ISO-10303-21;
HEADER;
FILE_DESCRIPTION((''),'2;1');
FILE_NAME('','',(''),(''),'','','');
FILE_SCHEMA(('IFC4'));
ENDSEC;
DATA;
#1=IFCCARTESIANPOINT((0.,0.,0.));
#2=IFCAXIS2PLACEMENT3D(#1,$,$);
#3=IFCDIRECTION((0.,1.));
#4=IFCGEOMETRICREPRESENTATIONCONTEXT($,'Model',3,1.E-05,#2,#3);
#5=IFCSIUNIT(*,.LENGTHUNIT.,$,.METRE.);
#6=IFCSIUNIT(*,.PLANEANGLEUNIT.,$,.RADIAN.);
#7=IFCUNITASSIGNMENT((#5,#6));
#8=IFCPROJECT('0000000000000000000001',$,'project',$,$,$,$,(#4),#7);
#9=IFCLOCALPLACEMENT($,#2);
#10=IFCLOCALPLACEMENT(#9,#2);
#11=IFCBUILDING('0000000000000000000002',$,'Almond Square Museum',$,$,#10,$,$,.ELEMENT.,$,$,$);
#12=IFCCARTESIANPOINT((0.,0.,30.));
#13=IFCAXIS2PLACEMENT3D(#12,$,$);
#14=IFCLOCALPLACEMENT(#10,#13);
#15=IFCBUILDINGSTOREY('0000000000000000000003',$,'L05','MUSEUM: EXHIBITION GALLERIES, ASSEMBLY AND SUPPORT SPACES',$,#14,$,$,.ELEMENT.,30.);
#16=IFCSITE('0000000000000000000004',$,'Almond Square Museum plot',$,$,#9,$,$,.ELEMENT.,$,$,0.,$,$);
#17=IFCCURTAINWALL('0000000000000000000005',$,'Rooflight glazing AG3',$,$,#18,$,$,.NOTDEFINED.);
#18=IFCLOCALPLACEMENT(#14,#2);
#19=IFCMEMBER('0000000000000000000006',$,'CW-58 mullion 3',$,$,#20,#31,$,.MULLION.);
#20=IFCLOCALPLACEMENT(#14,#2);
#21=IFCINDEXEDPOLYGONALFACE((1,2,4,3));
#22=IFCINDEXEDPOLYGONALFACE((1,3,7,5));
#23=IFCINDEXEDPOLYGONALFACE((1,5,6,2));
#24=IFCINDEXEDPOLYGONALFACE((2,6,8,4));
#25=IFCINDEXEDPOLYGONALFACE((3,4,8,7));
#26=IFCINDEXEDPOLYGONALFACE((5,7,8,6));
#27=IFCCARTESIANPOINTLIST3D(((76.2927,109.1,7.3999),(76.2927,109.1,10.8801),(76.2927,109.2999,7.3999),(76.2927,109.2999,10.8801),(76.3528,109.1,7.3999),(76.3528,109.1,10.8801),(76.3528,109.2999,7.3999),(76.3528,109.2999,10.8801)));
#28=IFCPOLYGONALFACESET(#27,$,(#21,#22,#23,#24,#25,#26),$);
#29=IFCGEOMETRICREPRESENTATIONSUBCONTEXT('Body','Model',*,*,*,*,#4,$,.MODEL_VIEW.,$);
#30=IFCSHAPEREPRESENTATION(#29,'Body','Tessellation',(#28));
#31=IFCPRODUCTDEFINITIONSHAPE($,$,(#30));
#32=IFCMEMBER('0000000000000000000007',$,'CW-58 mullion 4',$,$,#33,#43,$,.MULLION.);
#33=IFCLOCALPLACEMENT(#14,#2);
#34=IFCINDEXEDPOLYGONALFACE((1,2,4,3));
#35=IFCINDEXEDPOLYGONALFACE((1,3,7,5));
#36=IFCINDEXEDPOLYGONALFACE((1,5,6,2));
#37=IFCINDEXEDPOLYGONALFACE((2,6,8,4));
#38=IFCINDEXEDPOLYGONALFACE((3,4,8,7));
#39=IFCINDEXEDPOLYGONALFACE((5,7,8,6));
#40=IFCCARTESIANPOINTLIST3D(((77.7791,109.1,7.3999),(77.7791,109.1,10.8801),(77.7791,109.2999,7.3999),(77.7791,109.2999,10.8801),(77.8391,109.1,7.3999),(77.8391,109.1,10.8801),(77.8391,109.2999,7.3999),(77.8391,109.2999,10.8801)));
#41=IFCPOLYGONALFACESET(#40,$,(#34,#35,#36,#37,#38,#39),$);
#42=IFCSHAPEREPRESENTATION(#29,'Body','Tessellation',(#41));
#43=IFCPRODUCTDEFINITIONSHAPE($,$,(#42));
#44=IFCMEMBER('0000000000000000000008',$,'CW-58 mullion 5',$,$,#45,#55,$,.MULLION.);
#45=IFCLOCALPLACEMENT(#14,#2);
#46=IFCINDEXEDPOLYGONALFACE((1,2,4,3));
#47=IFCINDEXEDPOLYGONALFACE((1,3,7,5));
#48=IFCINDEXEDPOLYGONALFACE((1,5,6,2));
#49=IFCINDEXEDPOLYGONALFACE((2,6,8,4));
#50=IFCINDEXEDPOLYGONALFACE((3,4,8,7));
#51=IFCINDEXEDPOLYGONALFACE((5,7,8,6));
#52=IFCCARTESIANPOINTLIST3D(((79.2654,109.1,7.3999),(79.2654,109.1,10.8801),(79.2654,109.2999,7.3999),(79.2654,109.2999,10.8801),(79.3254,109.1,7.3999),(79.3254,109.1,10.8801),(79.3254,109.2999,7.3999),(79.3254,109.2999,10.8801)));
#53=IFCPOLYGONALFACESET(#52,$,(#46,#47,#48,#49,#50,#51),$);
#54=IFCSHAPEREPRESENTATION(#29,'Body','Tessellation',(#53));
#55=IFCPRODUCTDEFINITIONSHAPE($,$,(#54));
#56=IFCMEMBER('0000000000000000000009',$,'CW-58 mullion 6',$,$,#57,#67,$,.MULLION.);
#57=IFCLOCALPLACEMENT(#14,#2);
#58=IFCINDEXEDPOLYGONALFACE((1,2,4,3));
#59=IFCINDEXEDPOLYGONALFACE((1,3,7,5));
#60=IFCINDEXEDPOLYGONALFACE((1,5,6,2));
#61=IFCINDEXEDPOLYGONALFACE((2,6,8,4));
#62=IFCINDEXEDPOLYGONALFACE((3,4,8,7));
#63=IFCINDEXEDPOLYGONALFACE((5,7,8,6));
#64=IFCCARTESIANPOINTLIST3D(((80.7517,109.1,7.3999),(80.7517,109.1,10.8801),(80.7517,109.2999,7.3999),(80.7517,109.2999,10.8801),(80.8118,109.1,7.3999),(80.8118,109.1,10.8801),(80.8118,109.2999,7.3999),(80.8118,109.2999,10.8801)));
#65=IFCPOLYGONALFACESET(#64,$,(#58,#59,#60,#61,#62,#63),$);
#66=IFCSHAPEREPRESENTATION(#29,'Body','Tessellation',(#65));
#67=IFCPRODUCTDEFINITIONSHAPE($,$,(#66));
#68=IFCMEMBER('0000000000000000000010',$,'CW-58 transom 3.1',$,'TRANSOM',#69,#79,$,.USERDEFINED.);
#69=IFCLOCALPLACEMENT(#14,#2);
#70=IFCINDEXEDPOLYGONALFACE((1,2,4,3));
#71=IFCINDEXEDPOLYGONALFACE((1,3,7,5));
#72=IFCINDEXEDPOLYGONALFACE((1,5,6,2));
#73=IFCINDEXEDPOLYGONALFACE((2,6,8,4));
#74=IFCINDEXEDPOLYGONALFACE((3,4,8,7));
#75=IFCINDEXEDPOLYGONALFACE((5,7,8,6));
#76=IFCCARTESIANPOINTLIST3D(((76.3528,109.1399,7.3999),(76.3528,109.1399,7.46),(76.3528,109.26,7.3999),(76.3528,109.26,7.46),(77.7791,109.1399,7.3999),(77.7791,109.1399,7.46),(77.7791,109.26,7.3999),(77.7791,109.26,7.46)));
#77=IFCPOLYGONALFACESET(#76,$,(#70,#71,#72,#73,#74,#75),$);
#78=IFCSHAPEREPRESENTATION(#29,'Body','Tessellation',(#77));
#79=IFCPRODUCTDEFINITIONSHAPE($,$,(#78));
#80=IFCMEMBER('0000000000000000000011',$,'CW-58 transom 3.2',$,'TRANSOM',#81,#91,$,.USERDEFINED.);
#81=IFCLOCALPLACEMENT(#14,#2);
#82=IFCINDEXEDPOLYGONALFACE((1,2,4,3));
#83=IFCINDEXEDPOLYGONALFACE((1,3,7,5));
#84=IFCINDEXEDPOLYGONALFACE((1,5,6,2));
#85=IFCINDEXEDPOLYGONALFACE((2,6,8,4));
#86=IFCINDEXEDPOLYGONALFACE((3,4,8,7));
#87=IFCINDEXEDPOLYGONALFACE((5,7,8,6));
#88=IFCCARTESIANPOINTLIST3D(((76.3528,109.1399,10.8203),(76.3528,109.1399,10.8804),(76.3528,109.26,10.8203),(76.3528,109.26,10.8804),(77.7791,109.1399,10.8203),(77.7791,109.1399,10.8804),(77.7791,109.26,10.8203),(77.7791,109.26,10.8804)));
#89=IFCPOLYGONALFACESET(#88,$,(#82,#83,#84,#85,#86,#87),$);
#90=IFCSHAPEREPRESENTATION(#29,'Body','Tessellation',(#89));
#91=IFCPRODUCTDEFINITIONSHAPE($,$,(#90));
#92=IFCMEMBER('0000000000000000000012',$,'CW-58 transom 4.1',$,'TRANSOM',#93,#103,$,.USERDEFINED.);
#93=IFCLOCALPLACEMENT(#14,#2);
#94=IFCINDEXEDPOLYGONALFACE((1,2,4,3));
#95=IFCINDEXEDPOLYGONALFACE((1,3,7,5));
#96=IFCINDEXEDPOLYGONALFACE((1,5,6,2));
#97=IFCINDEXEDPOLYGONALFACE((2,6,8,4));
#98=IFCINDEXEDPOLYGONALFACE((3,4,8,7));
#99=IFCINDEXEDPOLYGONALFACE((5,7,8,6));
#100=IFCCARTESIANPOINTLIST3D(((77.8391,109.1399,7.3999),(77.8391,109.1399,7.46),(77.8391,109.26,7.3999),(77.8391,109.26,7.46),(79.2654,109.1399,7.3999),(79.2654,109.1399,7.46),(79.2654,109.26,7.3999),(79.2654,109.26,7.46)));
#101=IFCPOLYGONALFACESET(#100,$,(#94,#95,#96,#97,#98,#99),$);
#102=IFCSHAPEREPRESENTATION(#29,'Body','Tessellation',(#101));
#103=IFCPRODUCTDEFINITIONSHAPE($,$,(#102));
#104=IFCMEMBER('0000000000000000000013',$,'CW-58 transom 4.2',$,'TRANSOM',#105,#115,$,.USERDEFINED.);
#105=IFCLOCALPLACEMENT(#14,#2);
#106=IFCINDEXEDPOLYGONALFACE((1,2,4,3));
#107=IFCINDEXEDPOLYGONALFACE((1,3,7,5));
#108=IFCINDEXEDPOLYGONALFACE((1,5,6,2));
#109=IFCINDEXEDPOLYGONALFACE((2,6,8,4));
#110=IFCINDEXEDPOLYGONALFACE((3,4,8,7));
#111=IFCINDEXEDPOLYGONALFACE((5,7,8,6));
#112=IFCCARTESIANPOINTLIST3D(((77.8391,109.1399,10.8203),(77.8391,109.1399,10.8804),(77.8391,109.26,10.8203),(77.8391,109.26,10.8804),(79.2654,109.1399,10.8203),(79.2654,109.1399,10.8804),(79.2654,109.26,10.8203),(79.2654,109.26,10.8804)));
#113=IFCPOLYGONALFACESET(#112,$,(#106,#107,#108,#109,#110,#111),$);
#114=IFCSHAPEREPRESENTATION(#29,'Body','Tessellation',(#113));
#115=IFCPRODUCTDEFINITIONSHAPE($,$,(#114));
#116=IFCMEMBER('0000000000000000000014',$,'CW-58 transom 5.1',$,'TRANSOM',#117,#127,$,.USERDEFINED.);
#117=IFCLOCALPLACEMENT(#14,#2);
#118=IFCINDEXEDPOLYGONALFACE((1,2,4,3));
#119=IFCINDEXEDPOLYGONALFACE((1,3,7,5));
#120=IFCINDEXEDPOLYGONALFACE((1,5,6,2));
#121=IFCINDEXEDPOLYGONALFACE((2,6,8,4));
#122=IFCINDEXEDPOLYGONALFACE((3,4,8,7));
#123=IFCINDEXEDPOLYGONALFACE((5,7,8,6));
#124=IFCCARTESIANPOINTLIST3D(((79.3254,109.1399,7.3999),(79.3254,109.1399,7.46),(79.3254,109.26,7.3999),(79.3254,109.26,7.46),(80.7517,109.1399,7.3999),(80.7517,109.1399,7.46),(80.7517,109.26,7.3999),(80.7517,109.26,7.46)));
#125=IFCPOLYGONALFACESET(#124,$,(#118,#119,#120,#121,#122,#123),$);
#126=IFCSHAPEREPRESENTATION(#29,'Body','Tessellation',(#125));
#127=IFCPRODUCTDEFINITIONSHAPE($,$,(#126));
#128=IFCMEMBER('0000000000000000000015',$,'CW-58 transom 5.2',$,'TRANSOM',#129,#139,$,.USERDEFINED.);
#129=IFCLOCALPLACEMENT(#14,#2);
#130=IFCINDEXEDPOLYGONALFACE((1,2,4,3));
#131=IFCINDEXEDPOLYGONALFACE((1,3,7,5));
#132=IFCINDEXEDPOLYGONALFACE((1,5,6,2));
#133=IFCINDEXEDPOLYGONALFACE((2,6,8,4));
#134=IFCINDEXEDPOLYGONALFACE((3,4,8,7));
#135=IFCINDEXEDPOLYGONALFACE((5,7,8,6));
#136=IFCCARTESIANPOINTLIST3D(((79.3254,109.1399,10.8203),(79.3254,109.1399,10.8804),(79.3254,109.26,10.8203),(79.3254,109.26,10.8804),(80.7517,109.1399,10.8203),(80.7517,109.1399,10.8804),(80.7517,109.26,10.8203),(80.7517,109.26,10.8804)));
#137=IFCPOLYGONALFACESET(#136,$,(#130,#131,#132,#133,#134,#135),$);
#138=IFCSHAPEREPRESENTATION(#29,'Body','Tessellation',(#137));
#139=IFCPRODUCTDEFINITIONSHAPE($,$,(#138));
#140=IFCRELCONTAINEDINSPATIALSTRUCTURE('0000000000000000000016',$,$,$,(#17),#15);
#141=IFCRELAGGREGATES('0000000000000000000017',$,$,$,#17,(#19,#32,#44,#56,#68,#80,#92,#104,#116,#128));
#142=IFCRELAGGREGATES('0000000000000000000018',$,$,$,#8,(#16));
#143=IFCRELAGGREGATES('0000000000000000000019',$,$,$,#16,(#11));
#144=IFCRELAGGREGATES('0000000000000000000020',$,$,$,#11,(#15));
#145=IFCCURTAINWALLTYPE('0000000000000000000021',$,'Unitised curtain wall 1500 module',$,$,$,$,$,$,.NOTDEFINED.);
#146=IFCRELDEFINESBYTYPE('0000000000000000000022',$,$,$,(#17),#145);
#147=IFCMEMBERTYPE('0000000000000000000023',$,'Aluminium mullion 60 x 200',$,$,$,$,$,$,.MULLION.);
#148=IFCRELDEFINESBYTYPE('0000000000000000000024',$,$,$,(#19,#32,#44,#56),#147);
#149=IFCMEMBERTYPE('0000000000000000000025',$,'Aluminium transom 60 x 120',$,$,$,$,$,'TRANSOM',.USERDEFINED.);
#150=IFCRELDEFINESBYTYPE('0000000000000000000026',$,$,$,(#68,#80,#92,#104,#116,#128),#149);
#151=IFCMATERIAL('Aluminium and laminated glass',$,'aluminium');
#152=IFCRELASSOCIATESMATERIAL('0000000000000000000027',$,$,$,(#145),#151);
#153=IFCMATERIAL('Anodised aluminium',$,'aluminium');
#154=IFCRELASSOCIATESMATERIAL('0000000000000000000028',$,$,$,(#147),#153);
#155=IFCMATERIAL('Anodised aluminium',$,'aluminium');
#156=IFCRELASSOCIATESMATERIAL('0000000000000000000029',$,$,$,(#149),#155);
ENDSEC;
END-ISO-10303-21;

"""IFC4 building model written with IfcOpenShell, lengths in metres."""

from ifc_helpers import new_model, si_unit, direction, frame, origin, origin_2d, place, context, subcontext, project, spatial, rectangle, extrude, material, material_profile, profile_set, type_object, element, aggregate, save


model = new_model("IFC4")

# Units and contexts
model_context = context("Model", 3, precision=1e-05, world=origin(), true_north=direction((0.0, 1.0)))
body_context = subcontext(model_context, "Body", "Model", "MODEL_VIEW")
ifc_project = project(units=[si_unit("LENGTHUNIT", "METRE"), si_unit("PLANEANGLEUNIT", "RADIAN")], contexts=[model_context])

# Site, building, storey
site_placement = place(None, origin())
site = spatial("IfcSite", under=ifc_project, at=site_placement, Name="Almond Square Museum plot", CompositionType="ELEMENT", RefElevation=0.0)
building_placement = place(site_placement, origin())
building = spatial("IfcBuilding", under=site, at=building_placement, Name="Almond Square Museum", CompositionType="ELEMENT")
storey_placement = place(building_placement, frame((0.0, 0.0, 30.0)))
storey = spatial("IfcBuildingStorey", under=building, at=storey_placement, Name="L05", Description="MUSEUM: EXHIBITION GALLERIES, ASSEMBLY AND SUPPORT SPACES", CompositionType="ELEMENT", Elevation=30.0)

# Curtain wall, members
ifc_material_1 = material(Name="Aluminium and laminated glass", Category="aluminium")
curtain_wall_type = type_object("IfcCurtainWallType", Name="Unitised curtain wall 1500 module", PredefinedType="NOTDEFINED", material=ifc_material_1)
curtain_wall_placement = place(storey_placement, origin())
curtain_wall = element("IfcCurtainWall", 1, at=curtain_wall_placement, inside=storey, type_object=curtain_wall_type, Name="Rooflight glazing AG3", PredefinedType="NOTDEFINED")
ifc_material_2 = material(Name="Anodised aluminium", Category="aluminium")
ifc_material_profile_1 = material_profile(ifc_material_2, rectangle(XDim=0.2, YDim=0.0601, at=origin_2d()))
ifc_profile_set_1 = profile_set([ifc_material_profile_1], Name="Anodised aluminium")
member_type_1 = type_object("IfcMemberType", Name="Aluminium mullion 60 x 200", PredefinedType="MULLION", material=ifc_profile_set_1)
member_1_placement = place(storey_placement, frame((76.3228, 109.2, 7.3999), z_axis=(0.0, 0.0, 1.0), x_axis=(0.0, 1.0, 0.0)))
member_1 = element("IfcMember", 2, at=member_1_placement, type_object=member_type_1, Name="CW-58 mullion 3", PredefinedType="MULLION", context=body_context, shape_type="SweptSolid", body=[
    extrude(rectangle(XDim=0.2, YDim=0.0601, at=origin_2d()), origin(), (0.0, 0.0, 1.0), 3.4802),
])
member_2_placement = place(storey_placement, frame((77.8091, 109.2, 7.3999), z_axis=(0.0, 0.0, 1.0), x_axis=(0.0, 1.0, 0.0)))
member_2 = element("IfcMember", 3, at=member_2_placement, type_object=member_type_1, Name="CW-58 mullion 4", PredefinedType="MULLION", context=body_context, shape_type="SweptSolid", body=[
    extrude(rectangle(XDim=0.2, YDim=0.0601, at=origin_2d()), origin(), (0.0, 0.0, 1.0), 3.4802),
])
member_3_placement = place(storey_placement, frame((79.2954, 109.2, 7.3999), z_axis=(0.0, 0.0, 1.0), x_axis=(0.0, 1.0, 0.0)))
member_3 = element("IfcMember", 4, at=member_3_placement, type_object=member_type_1, Name="CW-58 mullion 5", PredefinedType="MULLION", context=body_context, shape_type="SweptSolid", body=[
    extrude(rectangle(XDim=0.2, YDim=0.0601, at=origin_2d()), origin(), (0.0, 0.0, 1.0), 3.4802),
])
member_4_placement = place(storey_placement, frame((80.7817, 109.2, 7.3999), z_axis=(0.0, 0.0, 1.0), x_axis=(0.0, 1.0, 0.0)))
member_4 = element("IfcMember", 5, at=member_4_placement, type_object=member_type_1, Name="CW-58 mullion 6", PredefinedType="MULLION", context=body_context, shape_type="SweptSolid", body=[
    extrude(rectangle(XDim=0.2, YDim=0.0601, at=origin_2d()), origin(), (0.0, 0.0, 1.0), 3.4802),
])
ifc_material_3 = material(Name="Anodised aluminium", Category="aluminium")
ifc_material_profile_2 = material_profile(ifc_material_3, rectangle(XDim=0.1201, YDim=0.0601, at=origin_2d()))
ifc_profile_set_2 = profile_set([ifc_material_profile_2], Name="Anodised aluminium")
member_type_2 = type_object("IfcMemberType", Name="Aluminium transom 60 x 120", ElementType="TRANSOM", PredefinedType="USERDEFINED", material=ifc_profile_set_2)
member_5_placement = place(storey_placement, frame((76.3528, 109.2, 7.4299), z_axis=(1.0, 0.0, 0.0), x_axis=(0.0, 1.0, 0.0)))
member_5 = element("IfcMember", 6, at=member_5_placement, type_object=member_type_2, Name="CW-58 transom 3.1", ObjectType="TRANSOM", PredefinedType="USERDEFINED", context=body_context, shape_type="SweptSolid", body=[
    extrude(rectangle(XDim=0.1201, YDim=0.0601, at=origin_2d()), origin(), (0.0, 0.0, 1.0), 1.4263),
])
member_6_placement = place(storey_placement, frame((76.3528, 109.2, 10.8503), z_axis=(1.0, 0.0, 0.0), x_axis=(0.0, 1.0, 0.0)))
member_6 = element("IfcMember", 7, at=member_6_placement, type_object=member_type_2, Name="CW-58 transom 3.2", ObjectType="TRANSOM", PredefinedType="USERDEFINED", context=body_context, shape_type="SweptSolid", body=[
    extrude(rectangle(XDim=0.1201, YDim=0.0601, at=origin_2d()), origin(), (0.0, 0.0, 1.0), 1.4263),
])
member_7_placement = place(storey_placement, frame((77.8391, 109.2, 7.4299), z_axis=(1.0, 0.0, 0.0), x_axis=(0.0, 1.0, 0.0)))
member_7 = element("IfcMember", 8, at=member_7_placement, type_object=member_type_2, Name="CW-58 transom 4.1", ObjectType="TRANSOM", PredefinedType="USERDEFINED", context=body_context, shape_type="SweptSolid", body=[
    extrude(rectangle(XDim=0.1201, YDim=0.0601, at=origin_2d()), origin(), (0.0, 0.0, 1.0), 1.4263),
])
member_8_placement = place(storey_placement, frame((77.8391, 109.2, 10.8503), z_axis=(1.0, 0.0, 0.0), x_axis=(0.0, 1.0, 0.0)))
member_8 = element("IfcMember", 9, at=member_8_placement, type_object=member_type_2, Name="CW-58 transom 4.2", ObjectType="TRANSOM", PredefinedType="USERDEFINED", context=body_context, shape_type="SweptSolid", body=[
    extrude(rectangle(XDim=0.1201, YDim=0.0601, at=origin_2d()), origin(), (0.0, 0.0, 1.0), 1.4263),
])
member_9_placement = place(storey_placement, frame((79.3254, 109.2, 7.4299), z_axis=(1.0, 0.0, 0.0), x_axis=(0.0, 1.0, 0.0)))
member_9 = element("IfcMember", 10, at=member_9_placement, type_object=member_type_2, Name="CW-58 transom 5.1", ObjectType="TRANSOM", PredefinedType="USERDEFINED", context=body_context, shape_type="SweptSolid", body=[
    extrude(rectangle(XDim=0.1201, YDim=0.0601, at=origin_2d()), origin(), (0.0, 0.0, 1.0), 1.4263),
])
member_10_placement = place(storey_placement, frame((79.3254, 109.2, 10.8503), z_axis=(1.0, 0.0, 0.0), x_axis=(0.0, 1.0, 0.0)))
member_10 = element("IfcMember", 11, at=member_10_placement, type_object=member_type_2, Name="CW-58 transom 5.2", ObjectType="TRANSOM", PredefinedType="USERDEFINED", context=body_context, shape_type="SweptSolid", body=[
    extrude(rectangle(XDim=0.1201, YDim=0.0601, at=origin_2d()), origin(), (0.0, 0.0, 1.0), 1.4263),
])

aggregate(curtain_wall, [member_1, member_2, member_3, member_4, member_5, member_6, member_7, member_8, member_9, member_10])

save(model, "model.ifc")
